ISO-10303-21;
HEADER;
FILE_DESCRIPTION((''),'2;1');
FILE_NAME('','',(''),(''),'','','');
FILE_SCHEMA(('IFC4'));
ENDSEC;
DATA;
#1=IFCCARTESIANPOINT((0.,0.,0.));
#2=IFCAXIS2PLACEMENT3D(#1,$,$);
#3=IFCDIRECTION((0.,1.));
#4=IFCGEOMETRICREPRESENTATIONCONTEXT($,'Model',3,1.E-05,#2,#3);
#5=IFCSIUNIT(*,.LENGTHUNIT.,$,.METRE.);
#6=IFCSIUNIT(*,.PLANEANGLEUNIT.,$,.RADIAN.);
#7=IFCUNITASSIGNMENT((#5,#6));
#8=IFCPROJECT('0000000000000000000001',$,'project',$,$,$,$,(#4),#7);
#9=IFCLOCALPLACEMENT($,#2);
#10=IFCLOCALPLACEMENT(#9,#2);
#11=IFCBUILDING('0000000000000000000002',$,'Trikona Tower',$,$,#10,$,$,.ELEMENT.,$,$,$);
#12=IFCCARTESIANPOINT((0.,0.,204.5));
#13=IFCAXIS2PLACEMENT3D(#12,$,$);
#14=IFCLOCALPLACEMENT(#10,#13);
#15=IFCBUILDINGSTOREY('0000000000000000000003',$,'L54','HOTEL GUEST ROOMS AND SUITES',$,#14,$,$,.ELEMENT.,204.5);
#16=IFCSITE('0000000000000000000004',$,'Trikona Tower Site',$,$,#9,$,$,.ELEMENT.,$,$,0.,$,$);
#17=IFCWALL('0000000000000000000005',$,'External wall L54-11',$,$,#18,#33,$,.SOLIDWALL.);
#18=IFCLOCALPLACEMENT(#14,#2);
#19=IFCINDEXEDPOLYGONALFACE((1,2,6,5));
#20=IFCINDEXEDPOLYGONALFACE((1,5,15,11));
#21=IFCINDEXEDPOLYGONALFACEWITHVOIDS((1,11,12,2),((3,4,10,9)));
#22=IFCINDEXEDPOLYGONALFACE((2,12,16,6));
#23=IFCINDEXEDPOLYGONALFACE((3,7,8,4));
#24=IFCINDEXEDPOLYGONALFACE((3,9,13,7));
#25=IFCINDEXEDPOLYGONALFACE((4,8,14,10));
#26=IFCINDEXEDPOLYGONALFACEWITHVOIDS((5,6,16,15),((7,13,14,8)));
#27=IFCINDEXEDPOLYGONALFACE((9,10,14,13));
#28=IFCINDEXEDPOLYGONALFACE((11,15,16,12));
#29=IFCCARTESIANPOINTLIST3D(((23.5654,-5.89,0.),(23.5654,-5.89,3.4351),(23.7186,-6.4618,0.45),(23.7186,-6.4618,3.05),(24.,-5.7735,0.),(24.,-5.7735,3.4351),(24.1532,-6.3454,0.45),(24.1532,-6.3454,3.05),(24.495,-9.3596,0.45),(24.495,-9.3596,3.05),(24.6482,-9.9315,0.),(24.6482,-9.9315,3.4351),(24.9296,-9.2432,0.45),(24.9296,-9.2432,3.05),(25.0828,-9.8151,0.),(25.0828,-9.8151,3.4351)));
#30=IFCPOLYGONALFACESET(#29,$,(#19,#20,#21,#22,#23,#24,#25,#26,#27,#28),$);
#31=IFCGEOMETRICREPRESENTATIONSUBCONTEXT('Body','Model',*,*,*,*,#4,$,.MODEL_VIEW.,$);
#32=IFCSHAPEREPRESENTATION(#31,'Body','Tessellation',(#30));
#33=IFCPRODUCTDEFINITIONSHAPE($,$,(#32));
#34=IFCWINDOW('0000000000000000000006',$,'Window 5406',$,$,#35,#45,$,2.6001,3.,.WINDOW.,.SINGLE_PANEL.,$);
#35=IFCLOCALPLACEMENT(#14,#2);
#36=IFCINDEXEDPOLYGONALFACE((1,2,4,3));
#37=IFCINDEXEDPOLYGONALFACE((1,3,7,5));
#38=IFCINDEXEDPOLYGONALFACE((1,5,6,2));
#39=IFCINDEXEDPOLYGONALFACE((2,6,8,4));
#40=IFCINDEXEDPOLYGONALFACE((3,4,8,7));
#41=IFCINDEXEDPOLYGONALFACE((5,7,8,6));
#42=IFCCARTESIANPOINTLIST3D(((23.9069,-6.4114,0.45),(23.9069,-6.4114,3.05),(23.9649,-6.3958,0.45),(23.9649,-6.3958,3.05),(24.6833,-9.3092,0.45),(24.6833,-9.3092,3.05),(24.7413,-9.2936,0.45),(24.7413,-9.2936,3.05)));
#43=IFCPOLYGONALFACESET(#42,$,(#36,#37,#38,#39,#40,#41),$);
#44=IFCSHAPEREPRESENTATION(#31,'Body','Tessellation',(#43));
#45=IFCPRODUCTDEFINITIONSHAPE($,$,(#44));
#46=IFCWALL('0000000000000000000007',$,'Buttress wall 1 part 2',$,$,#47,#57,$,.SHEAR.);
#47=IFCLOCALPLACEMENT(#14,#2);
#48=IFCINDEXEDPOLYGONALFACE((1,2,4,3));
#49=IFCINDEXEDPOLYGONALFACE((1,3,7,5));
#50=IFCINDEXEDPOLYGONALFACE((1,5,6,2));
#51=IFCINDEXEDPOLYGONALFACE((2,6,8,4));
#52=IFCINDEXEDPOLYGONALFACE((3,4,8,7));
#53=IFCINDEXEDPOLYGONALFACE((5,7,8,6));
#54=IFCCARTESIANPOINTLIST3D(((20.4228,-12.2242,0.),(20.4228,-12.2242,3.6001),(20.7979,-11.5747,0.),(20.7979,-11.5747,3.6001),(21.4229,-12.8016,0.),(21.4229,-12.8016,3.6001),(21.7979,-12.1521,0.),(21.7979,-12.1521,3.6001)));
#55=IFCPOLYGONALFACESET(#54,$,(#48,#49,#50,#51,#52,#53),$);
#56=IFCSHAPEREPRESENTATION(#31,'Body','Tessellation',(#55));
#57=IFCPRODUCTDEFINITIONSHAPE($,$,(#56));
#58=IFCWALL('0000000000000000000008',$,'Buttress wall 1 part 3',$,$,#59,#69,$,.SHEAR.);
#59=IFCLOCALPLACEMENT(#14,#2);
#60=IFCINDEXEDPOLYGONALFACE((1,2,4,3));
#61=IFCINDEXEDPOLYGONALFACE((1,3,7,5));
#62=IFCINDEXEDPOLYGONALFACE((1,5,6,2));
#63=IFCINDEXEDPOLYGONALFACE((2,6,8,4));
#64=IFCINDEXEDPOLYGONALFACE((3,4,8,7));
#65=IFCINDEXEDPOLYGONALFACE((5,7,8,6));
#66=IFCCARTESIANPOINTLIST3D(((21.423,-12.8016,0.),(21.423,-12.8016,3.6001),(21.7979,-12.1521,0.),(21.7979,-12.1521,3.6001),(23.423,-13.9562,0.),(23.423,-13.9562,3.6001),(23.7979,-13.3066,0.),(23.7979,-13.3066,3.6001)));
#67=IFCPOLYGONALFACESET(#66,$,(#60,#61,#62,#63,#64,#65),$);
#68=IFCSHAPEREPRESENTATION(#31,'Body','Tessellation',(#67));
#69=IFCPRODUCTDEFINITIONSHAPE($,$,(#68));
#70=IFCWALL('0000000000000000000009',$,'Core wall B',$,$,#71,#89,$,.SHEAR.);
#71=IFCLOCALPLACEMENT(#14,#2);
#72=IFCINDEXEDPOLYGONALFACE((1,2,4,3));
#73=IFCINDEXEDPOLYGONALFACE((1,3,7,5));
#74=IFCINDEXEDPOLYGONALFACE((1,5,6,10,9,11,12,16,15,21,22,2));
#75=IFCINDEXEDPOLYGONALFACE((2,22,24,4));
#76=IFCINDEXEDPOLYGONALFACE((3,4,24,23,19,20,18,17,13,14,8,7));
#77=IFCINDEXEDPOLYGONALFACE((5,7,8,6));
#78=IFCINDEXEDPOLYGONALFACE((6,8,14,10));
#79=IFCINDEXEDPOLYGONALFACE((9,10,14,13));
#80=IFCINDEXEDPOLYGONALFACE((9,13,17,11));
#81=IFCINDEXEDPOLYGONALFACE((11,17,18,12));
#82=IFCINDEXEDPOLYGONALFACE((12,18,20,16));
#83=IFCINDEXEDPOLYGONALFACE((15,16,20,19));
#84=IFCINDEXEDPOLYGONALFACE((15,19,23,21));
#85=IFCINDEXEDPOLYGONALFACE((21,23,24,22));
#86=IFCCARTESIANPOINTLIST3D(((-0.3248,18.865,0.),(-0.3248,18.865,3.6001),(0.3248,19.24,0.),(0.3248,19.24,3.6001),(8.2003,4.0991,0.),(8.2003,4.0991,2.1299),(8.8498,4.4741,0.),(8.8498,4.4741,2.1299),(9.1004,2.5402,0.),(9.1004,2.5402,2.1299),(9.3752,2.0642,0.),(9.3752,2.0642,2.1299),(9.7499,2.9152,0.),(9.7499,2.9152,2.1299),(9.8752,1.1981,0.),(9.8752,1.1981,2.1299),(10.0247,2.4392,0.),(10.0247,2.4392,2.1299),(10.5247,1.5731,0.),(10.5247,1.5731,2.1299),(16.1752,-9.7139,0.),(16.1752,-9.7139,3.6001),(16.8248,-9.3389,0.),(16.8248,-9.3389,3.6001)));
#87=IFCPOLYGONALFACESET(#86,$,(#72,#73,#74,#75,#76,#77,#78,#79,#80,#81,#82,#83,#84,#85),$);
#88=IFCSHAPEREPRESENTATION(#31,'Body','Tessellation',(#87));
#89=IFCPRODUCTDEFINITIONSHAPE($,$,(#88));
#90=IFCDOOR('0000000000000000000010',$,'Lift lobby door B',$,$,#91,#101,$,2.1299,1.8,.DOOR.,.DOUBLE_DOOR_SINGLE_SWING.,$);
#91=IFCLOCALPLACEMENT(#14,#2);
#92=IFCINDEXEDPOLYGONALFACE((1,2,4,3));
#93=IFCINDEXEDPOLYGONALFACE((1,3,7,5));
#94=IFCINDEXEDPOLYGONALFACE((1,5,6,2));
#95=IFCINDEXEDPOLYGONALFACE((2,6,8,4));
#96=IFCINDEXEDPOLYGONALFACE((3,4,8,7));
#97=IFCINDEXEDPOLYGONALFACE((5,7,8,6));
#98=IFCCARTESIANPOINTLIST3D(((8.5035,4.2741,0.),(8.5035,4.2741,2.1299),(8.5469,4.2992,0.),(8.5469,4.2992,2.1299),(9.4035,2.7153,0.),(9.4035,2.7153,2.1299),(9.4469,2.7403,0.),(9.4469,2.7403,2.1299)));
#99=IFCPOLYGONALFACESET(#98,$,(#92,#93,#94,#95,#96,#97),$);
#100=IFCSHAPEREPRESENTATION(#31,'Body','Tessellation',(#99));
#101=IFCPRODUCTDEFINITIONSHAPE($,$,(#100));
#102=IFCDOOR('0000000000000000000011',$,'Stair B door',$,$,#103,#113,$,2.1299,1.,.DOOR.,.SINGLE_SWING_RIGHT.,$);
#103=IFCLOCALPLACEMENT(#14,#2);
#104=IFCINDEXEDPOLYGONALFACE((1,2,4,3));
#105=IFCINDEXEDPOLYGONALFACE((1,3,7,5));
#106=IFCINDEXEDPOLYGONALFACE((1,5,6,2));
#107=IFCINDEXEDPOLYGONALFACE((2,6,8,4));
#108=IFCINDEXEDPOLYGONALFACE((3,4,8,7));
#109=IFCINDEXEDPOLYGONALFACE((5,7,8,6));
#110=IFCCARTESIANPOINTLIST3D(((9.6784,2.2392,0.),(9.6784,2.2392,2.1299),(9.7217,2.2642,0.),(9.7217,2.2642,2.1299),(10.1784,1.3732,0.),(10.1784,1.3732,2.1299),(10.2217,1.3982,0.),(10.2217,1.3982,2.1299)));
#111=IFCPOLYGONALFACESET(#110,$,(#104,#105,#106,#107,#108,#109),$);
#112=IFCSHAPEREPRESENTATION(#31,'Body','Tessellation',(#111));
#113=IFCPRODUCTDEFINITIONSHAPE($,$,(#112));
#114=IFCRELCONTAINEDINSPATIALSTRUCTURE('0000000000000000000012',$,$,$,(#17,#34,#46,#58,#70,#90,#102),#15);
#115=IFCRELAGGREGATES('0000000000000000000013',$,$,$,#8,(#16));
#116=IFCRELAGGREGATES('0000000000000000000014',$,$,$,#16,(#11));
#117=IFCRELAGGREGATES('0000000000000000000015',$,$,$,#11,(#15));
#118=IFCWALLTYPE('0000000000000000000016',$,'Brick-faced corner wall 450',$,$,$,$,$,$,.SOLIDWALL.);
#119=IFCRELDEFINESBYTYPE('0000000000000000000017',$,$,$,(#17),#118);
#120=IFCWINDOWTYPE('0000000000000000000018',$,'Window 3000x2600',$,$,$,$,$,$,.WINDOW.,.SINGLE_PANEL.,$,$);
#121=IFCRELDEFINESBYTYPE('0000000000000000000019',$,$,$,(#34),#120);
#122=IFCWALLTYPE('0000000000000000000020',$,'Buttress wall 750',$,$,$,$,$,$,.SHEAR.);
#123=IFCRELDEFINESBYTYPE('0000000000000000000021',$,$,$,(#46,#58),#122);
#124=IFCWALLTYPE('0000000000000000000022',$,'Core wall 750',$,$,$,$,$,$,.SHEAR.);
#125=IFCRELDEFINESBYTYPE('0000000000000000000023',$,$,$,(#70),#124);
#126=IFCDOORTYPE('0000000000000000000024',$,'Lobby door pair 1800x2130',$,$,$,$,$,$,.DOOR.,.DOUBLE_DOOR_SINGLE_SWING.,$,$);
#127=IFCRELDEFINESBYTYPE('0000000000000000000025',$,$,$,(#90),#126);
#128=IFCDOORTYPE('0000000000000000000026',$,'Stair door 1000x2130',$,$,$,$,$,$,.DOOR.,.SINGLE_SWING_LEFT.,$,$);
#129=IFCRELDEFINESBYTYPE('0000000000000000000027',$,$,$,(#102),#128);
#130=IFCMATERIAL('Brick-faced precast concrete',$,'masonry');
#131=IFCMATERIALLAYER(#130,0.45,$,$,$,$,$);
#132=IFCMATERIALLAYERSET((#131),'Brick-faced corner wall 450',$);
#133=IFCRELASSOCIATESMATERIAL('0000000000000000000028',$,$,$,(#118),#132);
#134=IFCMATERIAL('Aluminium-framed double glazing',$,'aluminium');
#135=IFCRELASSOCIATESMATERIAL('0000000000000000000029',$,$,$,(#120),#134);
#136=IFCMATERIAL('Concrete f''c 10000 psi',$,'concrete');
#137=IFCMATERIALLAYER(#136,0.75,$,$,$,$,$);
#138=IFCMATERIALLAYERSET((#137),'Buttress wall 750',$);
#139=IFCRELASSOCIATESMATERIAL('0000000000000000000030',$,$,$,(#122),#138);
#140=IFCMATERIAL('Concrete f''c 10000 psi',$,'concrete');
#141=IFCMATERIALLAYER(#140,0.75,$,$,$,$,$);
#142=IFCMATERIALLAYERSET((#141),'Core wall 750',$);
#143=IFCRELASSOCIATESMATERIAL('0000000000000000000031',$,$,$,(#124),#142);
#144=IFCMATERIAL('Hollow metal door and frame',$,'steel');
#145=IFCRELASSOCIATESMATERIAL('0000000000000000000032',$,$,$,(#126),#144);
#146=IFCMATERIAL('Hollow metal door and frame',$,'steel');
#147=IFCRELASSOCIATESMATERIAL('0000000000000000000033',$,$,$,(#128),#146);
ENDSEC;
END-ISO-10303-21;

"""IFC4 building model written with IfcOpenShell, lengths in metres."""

from ifc_helpers import new_model, si_unit, direction, frame, frame_2d, origin, place, context, subcontext, project, spatial, rectangle, extrude, material, layer, layer_set, type_object, element, fill, save


model = new_model("IFC4")

# Units and contexts
model_context = context("Model", 3, precision=1e-05, world=origin(), true_north=direction((0.0, 1.0)))
body_context = subcontext(model_context, "Body", "Model", "MODEL_VIEW")
ifc_project = project(units=[si_unit("LENGTHUNIT", "METRE"), si_unit("PLANEANGLEUNIT", "RADIAN")], contexts=[model_context])

# Site, building, storey
site_placement = place(None, origin())
site = spatial("IfcSite", under=ifc_project, at=site_placement, Name="Trikona Tower Site", CompositionType="ELEMENT", RefElevation=0.0)
building_placement = place(site_placement, origin())
building = spatial("IfcBuilding", under=site, at=building_placement, Name="Trikona Tower", CompositionType="ELEMENT")
storey_placement = place(building_placement, frame((0.0, 0.0, 204.5)))
storey = spatial("IfcBuildingStorey", under=building, at=storey_placement, Name="L54", Description="HOTEL GUEST ROOMS AND SUITES", CompositionType="ELEMENT", Elevation=204.5)

# Wall, opening, window
ifc_material_1 = material(Name="Brick-faced precast concrete", Category="masonry")
ifc_layer_1 = layer(ifc_material_1, 0.45)
ifc_layer_set_1 = layer_set([ifc_layer_1], Name="Brick-faced corner wall 450")
wall_type_1 = type_object("IfcWallType", Name="Brick-faced corner wall 450", PredefinedType="SOLIDWALL", material=ifc_layer_set_1)
wall_1_placement = place(storey_placement, frame((24.8655, -9.8733, 0.0), z_axis=(0.0, 0.0, 1.0), x_axis=(-0.258785, 0.965935, 0.0)))
wall_1 = element("IfcWall", 1, at=wall_1_placement, inside=storey, type_object=wall_type_1, Name="External wall L54-11", PredefinedType="SOLIDWALL", context=body_context, shape_type="SweptSolid", body=[
    extrude(rectangle(XDim=4.1841, YDim=0.45, at=frame_2d((2.092, 0.0))), origin(), (0.0, 0.0, 1.0), 3.4351),
])
opening_1_placement = place(wall_1_placement, frame((0.592, 0.0, 0.45)))
opening_1 = element("IfcOpeningElement", 2, at=opening_1_placement, cuts=wall_1, PredefinedType="OPENING", context=body_context, shape_type="SweptSolid", body=[
    extrude(rectangle(XDim=3.0, YDim=2.6001, at=frame_2d((1.5, 1.3))), frame((0.0, 0.2349, 0.0), z_axis=(0.0, -1.0, 0.0), x_axis=(1.0, 0.0, 0.0)), (0.0, 0.0, 1.0), 0.47),
])
ifc_material_2 = material(Name="Aluminium-framed double glazing", Category="aluminium")
window_type_1 = type_object("IfcWindowType", Name="Window 3000x2600", PartitioningType="SINGLE_PANEL", PredefinedType="WINDOW", material=ifc_material_2)
window_1_placement = place(opening_1_placement, origin())
window_1 = element("IfcWindow", 3, at=window_1_placement, inside=storey, type_object=window_type_1, Name="Window 5406", OverallHeight=2.6001, OverallWidth=3.0, PartitioningType="SINGLE_PANEL", PredefinedType="WINDOW", context=body_context, shape_type="SweptSolid", body=[
    extrude(rectangle(XDim=3.0, YDim=2.6001, at=frame_2d((1.5, 1.3))), frame((0.0, 0.03, 0.0), z_axis=(0.0, -1.0, 0.0), x_axis=(1.0, 0.0, 0.0)), (0.0, 0.0, 1.0), 0.0601),
])
fill(opening_1, window_1)

# Walls
ifc_material_3 = material(Name="Concrete f'c 10000 psi", Category="concrete")
ifc_layer_2 = layer(ifc_material_3, 0.75)
ifc_layer_set_2 = layer_set([ifc_layer_2], Name="Buttress wall 750")
wall_type_2 = type_object("IfcWallType", Name="Buttress wall 750", PredefinedType="SHEAR", material=ifc_layer_set_2)
wall_2_placement = place(storey_placement, frame((20.6104, -11.8994, 0.0), z_axis=(0.0, 0.0, 1.0), x_axis=(0.86601, -0.500027, 0.0)))
element("IfcWall", 4, at=wall_2_placement, inside=storey, type_object=wall_type_2, Name="Buttress wall 1 part 2", PredefinedType="SHEAR", context=body_context, shape_type="SweptSolid", body=[
    extrude(rectangle(XDim=1.1548, YDim=0.75, at=frame_2d((0.5774, 0.0))), origin(), (0.0, 0.0, 1.0), 3.6001),
])
wall_3_placement = place(storey_placement, frame((21.6104, -12.4768, 0.0), z_axis=(0.0, 0.0, 1.0), x_axis=(0.866055, -0.499948, 0.0)))
element("IfcWall", 5, at=wall_3_placement, inside=storey, type_object=wall_type_2, Name="Buttress wall 1 part 3", PredefinedType="SHEAR", context=body_context, shape_type="SweptSolid", body=[
    extrude(rectangle(XDim=2.3093, YDim=0.75, at=frame_2d((1.1548, 0.0))), origin(), (0.0, 0.0, 1.0), 3.6001),
])

# Wall, openings, doors
ifc_material_4 = material(Name="Concrete f'c 10000 psi", Category="concrete")
ifc_layer_3 = layer(ifc_material_4, 0.75)
ifc_layer_set_3 = layer_set([ifc_layer_3], Name="Core wall 750")
wall_type_3 = type_object("IfcWallType", Name="Core wall 750", PredefinedType="SHEAR", material=ifc_layer_set_3)
wall_4_placement = place(storey_placement, frame((16.5, -9.5264, 0.0), z_axis=(0.0, 0.0, 1.0), x_axis=(-0.5, 0.866026, 0.0)))
wall_4 = element("IfcWall", 6, at=wall_4_placement, inside=storey, type_object=wall_type_3, Name="Core wall B", PredefinedType="SHEAR", context=body_context, shape_type="SweptSolid", body=[
    extrude(rectangle(XDim=33.0, YDim=0.75, at=frame_2d((16.5, 0.0))), origin(), (0.0, 0.0, 1.0), 3.6001),
])
opening_2_placement = place(wall_4_placement, frame((14.1499, 0.0, 0.0)))
opening_2 = element("IfcOpeningElement", 7, at=opening_2_placement, cuts=wall_4, PredefinedType="OPENING", context=body_context, shape_type="SweptSolid", body=[
    extrude(rectangle(XDim=1.8, YDim=2.1299, at=frame_2d((0.8999, 1.0649))), frame((0.0, 0.385, 0.0), z_axis=(0.0, -1.0, 0.0), x_axis=(1.0, 0.0, 0.0)), (0.0, 0.0, 1.0), 0.77),
])
opening_3_placement = place(wall_4_placement, frame((12.6001, 0.0, 0.0)))
opening_3 = element("IfcOpeningElement", 8, at=opening_3_placement, cuts=wall_4, PredefinedType="OPENING", context=body_context, shape_type="SweptSolid", body=[
    extrude(rectangle(XDim=1.0, YDim=2.1299, at=frame_2d((0.5, 1.0649))), frame((0.0, 0.385, 0.0), z_axis=(0.0, -1.0, 0.0), x_axis=(1.0, 0.0, 0.0)), (0.0, 0.0, 1.0), 0.77),
])
ifc_material_5 = material(Name="Hollow metal door and frame", Category="steel")
door_type_1 = type_object("IfcDoorType", Name="Lobby door pair 1800x2130", OperationType="DOUBLE_DOOR_SINGLE_SWING", PredefinedType="DOOR", material=ifc_material_5)
door_1_placement = place(opening_2_placement, origin())
door_1 = element("IfcDoor", 9, at=door_1_placement, inside=storey, type_object=door_type_1, Name="Lift lobby door B", OperationType="DOUBLE_DOOR_SINGLE_SWING", OverallHeight=2.1299, OverallWidth=1.8, PredefinedType="DOOR", context=body_context, shape_type="SweptSolid", body=[
    extrude(rectangle(XDim=1.8, YDim=2.1299, at=frame_2d((0.8999, 1.0649))), frame((0.0, 0.0249, 0.0), z_axis=(0.0, -1.0, 0.0), x_axis=(1.0, 0.0, 0.0)), (0.0, 0.0, 1.0), 0.05),
])
fill(opening_2, door_1)
ifc_material_6 = material(Name="Hollow metal door and frame", Category="steel")
door_type_2 = type_object("IfcDoorType", Name="Stair door 1000x2130", OperationType="SINGLE_SWING_LEFT", PredefinedType="DOOR", material=ifc_material_6)
door_2_placement = place(opening_3_placement, origin())
door_2 = element("IfcDoor", 10, at=door_2_placement, inside=storey, type_object=door_type_2, Name="Stair B door", OperationType="SINGLE_SWING_RIGHT", OverallHeight=2.1299, OverallWidth=1.0, PredefinedType="DOOR", context=body_context, shape_type="SweptSolid", body=[
    extrude(rectangle(XDim=1.0, YDim=2.1299, at=frame_2d((0.5, 1.0649))), frame((0.0, 0.0249, 0.0), z_axis=(0.0, -1.0, 0.0), x_axis=(1.0, 0.0, 0.0)), (0.0, 0.0, 1.0), 0.05),
])
fill(opening_3, door_2)

save(model, "model.ifc")
